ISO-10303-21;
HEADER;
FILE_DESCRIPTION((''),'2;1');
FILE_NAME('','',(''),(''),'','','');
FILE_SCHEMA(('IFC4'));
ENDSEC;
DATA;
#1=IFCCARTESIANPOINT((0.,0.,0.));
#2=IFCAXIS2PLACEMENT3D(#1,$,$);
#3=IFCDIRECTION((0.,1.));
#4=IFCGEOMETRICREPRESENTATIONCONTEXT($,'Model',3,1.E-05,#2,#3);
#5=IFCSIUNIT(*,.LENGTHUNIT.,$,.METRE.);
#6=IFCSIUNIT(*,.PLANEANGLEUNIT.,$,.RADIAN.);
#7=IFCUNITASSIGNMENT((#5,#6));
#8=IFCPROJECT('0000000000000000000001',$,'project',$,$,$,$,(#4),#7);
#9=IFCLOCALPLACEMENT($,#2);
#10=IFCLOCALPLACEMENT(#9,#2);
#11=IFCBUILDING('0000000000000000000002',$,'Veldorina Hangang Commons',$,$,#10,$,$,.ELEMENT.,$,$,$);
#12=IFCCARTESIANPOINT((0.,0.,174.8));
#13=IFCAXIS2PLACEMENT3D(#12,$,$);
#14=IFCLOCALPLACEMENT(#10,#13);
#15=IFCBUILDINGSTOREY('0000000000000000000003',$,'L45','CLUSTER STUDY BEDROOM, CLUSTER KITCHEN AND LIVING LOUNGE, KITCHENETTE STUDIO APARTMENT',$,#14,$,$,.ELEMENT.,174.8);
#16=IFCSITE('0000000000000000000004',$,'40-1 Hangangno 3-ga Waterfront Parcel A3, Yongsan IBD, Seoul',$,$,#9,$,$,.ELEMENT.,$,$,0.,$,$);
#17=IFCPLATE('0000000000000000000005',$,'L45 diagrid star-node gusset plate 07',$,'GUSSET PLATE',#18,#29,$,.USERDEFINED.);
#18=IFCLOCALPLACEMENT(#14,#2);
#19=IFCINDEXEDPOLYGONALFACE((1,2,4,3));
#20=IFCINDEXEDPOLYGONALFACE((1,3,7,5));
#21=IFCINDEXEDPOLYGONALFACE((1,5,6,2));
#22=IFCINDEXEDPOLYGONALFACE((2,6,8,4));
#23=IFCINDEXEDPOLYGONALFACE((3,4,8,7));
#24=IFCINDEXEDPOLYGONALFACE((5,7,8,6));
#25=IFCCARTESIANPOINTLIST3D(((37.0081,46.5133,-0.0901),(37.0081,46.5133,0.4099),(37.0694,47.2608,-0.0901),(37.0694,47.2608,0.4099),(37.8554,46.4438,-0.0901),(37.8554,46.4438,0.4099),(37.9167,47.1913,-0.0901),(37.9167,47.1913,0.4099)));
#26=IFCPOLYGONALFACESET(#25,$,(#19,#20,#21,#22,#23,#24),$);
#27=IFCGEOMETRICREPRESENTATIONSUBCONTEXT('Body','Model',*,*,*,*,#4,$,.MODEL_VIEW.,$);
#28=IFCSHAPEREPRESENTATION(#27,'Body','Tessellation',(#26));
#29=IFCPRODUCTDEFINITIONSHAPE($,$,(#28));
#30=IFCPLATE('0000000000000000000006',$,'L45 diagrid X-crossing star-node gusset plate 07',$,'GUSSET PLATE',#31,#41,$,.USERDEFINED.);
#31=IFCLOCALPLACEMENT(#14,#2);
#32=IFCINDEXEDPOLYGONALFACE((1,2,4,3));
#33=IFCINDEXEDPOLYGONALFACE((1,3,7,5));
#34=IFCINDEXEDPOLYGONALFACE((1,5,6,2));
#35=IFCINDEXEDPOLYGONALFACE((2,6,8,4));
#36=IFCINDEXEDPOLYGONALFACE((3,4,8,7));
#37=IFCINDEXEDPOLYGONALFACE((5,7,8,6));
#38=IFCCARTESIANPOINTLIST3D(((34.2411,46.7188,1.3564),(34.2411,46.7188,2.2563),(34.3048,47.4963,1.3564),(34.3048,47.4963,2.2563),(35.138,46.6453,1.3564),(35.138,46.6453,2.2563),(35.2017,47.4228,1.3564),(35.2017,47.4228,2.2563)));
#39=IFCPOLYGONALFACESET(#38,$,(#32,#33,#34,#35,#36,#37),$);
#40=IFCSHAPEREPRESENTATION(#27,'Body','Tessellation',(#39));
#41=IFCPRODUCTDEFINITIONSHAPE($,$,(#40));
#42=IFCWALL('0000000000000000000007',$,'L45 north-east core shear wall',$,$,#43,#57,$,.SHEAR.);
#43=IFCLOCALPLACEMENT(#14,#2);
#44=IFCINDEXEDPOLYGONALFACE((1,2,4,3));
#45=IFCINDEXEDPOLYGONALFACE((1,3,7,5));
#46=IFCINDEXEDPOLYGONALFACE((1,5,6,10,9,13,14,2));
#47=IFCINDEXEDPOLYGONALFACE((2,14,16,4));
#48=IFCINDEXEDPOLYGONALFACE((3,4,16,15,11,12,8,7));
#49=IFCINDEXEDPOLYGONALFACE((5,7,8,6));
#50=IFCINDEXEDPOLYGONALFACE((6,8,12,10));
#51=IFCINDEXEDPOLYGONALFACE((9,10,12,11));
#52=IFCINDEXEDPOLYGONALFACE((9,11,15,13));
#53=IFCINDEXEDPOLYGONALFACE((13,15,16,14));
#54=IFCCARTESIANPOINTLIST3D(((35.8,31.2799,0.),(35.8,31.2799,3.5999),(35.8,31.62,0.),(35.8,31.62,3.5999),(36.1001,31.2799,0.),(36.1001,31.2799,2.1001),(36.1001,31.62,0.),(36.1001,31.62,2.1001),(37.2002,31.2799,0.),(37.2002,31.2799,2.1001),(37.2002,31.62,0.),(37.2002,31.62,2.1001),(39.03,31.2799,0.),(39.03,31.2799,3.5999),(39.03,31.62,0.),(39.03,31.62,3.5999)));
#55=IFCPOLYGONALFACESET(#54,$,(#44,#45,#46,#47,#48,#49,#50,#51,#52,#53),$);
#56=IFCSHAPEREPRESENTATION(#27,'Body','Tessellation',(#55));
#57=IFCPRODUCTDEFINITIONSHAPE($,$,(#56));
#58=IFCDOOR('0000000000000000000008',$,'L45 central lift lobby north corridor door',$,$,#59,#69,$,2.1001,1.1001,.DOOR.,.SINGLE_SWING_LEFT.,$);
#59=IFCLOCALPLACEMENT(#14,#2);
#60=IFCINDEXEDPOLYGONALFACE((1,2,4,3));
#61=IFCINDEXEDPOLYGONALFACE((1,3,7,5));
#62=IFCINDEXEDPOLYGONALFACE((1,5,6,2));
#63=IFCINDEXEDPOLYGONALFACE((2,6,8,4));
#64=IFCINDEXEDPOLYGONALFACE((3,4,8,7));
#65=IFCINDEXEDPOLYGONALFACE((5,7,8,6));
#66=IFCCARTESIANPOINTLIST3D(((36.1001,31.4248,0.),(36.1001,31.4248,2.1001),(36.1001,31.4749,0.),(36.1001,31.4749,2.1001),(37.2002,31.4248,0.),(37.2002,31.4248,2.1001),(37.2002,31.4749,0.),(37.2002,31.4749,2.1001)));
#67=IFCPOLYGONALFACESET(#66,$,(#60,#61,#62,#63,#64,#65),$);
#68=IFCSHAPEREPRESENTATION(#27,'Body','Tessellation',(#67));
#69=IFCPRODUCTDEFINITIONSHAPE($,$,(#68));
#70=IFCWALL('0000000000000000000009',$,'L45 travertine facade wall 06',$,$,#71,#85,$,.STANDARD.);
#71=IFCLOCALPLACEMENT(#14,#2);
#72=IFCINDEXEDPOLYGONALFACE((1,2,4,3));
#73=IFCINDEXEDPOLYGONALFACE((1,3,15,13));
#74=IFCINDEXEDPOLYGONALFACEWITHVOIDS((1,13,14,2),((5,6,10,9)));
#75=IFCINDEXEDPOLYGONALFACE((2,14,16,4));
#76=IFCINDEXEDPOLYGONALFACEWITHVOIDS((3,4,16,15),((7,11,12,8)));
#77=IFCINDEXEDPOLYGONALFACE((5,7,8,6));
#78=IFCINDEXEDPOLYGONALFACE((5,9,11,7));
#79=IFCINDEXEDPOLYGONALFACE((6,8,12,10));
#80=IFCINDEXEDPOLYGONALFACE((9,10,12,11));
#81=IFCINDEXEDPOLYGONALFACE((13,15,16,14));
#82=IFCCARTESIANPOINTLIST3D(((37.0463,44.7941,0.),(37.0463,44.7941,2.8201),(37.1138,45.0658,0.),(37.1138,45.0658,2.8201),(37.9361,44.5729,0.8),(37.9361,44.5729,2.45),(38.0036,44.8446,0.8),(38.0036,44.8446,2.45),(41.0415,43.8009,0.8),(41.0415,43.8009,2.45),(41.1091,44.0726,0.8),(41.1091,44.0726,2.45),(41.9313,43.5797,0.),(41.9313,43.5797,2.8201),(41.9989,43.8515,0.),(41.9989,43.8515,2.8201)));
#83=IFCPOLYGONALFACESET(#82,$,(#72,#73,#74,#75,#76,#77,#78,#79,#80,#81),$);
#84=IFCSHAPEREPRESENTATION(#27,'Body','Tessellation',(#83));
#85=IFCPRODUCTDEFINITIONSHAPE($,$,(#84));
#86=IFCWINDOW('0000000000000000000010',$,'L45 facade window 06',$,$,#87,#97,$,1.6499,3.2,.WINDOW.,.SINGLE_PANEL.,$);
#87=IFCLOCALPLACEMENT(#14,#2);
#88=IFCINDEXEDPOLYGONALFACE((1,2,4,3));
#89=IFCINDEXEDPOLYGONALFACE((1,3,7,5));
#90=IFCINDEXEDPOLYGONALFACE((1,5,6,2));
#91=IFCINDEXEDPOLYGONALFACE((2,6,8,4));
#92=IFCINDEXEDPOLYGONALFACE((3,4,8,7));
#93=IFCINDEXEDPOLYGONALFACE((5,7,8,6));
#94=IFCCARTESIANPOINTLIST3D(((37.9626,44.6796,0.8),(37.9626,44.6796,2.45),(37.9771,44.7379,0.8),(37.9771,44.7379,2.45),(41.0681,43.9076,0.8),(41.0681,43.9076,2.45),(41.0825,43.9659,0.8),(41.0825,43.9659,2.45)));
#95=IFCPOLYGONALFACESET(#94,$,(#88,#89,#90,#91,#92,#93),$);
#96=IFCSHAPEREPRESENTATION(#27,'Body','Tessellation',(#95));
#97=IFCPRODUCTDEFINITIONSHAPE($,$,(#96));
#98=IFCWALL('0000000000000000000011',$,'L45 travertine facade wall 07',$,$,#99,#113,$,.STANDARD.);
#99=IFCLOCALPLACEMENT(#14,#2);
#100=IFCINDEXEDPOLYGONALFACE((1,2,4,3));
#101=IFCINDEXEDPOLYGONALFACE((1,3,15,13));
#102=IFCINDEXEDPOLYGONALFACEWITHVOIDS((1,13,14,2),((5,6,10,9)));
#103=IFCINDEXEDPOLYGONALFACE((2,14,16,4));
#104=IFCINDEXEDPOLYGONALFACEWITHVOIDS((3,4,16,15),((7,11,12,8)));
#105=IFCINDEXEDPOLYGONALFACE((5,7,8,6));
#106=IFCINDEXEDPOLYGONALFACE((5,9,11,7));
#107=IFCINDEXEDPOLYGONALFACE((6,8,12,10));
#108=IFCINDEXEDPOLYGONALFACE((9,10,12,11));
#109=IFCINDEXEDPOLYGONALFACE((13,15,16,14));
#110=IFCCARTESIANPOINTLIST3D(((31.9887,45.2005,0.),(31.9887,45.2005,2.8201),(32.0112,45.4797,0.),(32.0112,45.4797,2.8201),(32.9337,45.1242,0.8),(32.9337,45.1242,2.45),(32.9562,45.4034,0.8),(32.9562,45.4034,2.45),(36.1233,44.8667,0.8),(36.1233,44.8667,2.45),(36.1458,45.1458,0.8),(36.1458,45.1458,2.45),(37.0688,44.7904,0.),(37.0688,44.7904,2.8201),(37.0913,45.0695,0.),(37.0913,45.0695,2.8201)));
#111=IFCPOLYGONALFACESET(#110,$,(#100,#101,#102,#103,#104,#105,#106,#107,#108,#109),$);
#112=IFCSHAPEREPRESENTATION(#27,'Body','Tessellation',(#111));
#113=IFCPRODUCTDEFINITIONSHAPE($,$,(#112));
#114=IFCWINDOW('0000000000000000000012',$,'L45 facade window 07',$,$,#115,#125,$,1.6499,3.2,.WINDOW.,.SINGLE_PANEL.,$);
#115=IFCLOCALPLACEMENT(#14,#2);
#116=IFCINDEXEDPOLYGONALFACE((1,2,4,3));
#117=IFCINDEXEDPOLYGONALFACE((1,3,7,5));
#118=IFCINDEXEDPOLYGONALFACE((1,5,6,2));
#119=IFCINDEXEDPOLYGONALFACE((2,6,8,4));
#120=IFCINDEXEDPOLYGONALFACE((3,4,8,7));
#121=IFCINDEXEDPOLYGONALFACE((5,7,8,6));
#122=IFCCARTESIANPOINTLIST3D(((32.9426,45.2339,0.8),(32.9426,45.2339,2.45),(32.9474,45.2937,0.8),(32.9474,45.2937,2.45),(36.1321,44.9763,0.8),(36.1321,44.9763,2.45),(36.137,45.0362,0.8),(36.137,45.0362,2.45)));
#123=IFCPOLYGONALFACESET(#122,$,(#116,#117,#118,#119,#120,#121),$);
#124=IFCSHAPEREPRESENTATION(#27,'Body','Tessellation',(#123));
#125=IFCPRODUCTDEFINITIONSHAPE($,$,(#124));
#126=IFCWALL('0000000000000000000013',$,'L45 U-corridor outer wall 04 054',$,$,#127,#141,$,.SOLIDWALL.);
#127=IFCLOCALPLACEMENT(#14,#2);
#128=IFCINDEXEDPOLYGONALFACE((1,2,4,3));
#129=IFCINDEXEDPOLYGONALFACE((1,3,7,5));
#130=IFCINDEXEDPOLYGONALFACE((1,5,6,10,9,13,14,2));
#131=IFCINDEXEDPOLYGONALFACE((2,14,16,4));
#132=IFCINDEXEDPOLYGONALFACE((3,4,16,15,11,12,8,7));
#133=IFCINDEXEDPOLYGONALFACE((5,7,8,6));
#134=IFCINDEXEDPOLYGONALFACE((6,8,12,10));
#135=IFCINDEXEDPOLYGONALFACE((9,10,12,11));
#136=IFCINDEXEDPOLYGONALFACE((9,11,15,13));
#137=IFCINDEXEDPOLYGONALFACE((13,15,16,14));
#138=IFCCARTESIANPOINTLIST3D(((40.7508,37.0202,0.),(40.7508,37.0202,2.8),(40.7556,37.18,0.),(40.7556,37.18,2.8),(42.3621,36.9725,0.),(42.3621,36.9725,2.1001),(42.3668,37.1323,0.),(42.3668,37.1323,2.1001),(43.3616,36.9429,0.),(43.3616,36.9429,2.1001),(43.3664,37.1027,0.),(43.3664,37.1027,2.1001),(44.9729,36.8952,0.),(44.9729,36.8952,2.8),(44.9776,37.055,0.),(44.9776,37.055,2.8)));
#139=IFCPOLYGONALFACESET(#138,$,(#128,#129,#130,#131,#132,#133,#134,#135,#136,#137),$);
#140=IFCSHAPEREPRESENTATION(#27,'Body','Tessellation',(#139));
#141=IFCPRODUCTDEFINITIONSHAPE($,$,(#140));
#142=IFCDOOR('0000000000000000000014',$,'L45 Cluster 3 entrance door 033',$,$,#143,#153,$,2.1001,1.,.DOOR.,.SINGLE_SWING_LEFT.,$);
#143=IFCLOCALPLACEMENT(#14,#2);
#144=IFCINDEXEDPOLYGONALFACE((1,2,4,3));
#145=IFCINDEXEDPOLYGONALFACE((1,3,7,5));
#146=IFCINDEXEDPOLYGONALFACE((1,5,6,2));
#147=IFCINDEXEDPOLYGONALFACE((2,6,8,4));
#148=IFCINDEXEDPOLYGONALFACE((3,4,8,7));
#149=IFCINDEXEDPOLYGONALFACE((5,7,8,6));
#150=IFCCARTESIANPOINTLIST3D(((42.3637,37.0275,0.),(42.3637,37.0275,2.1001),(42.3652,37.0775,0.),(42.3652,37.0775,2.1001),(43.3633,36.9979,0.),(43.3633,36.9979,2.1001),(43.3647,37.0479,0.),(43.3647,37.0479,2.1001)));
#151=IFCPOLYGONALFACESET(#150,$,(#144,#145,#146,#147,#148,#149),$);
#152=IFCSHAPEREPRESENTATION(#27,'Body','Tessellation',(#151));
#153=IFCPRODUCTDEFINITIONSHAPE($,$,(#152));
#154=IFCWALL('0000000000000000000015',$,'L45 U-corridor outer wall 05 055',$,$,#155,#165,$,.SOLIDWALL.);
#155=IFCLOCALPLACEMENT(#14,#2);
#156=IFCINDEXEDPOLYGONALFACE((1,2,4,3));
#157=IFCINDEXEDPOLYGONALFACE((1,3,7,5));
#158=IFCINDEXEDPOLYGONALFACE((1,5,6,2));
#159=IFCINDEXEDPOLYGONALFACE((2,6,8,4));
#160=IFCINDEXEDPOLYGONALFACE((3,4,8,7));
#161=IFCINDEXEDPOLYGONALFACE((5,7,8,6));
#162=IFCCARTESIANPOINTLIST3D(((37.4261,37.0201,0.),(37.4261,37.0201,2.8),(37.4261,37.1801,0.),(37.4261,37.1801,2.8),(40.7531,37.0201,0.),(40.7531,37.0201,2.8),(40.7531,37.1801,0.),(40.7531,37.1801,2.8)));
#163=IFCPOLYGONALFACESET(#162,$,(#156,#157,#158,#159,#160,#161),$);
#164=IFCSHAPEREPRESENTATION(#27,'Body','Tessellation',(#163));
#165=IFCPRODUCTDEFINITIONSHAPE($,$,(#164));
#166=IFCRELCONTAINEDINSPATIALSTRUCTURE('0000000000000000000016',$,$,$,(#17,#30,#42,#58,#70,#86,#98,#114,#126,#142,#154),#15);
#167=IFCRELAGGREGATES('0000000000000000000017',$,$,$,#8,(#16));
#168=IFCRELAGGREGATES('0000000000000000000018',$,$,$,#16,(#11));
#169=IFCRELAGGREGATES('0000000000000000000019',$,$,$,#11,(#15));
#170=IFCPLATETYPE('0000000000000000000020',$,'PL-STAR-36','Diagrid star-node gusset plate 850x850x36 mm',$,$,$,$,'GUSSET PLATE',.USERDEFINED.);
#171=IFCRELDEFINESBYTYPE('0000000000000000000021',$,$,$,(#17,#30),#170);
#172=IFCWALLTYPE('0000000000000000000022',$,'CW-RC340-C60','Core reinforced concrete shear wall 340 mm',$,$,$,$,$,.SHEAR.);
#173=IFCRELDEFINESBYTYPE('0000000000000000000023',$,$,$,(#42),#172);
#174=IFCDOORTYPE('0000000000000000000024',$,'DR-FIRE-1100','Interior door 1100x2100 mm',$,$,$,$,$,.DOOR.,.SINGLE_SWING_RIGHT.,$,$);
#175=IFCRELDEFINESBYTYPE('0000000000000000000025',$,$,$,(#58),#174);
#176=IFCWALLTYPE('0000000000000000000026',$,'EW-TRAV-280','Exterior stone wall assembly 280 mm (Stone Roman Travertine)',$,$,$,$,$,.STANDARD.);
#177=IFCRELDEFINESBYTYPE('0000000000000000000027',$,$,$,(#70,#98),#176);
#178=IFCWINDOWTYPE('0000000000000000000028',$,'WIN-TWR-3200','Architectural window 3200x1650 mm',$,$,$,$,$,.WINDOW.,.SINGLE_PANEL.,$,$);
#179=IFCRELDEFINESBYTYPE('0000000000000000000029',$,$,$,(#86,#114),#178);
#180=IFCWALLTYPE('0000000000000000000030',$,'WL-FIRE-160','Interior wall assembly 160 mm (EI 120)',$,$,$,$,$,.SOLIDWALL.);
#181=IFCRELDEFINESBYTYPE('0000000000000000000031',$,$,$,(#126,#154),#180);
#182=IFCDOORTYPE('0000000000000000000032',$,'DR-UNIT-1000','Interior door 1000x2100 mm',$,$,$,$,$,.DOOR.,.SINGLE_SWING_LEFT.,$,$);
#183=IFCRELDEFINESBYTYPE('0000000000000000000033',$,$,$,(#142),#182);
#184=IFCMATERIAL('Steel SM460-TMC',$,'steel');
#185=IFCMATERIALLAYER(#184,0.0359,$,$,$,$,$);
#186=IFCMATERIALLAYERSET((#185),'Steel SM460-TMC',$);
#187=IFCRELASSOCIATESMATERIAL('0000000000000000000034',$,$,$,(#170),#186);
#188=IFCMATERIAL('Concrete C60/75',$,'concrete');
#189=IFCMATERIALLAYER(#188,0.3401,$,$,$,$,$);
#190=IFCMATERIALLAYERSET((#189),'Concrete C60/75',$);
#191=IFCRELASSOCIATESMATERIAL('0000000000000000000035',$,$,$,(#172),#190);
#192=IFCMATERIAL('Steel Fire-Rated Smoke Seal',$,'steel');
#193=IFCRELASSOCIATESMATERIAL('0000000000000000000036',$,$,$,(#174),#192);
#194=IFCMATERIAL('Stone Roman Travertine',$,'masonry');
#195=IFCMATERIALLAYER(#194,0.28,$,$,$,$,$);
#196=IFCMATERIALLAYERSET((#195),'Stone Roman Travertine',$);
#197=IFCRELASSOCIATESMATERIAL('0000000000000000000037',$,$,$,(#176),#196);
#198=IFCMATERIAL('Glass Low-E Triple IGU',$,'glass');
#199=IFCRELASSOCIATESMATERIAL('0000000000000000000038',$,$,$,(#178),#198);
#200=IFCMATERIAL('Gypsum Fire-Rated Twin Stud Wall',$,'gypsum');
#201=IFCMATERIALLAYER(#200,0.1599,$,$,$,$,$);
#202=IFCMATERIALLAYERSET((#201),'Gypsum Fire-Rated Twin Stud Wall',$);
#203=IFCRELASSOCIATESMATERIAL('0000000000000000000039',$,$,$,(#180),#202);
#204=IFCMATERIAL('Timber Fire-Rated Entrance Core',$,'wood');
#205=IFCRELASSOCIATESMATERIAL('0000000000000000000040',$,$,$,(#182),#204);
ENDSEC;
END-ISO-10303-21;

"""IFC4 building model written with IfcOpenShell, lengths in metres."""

from ifc_helpers import new_model, si_unit, direction, frame, frame_2d, origin, origin_2d, place, context, subcontext, project, spatial, rectangle, extrude, material, layer, layer_set, type_object, element, fill, save


model = new_model("IFC4")

# Units and contexts
model_context = context("Model", 3, precision=1e-05, world=origin(), true_north=direction((0.0, 1.0)))
body_context = subcontext(model_context, "Body", "Model", "MODEL_VIEW")
ifc_project = project(units=[si_unit("LENGTHUNIT", "METRE"), si_unit("PLANEANGLEUNIT", "RADIAN")], contexts=[model_context])

# Site, building, storey
site_placement = place(None, origin())
site = spatial("IfcSite", under=ifc_project, at=site_placement, Name="40-1 Hangangno 3-ga Waterfront Parcel A3, Yongsan IBD, Seoul", CompositionType="ELEMENT", RefElevation=0.0)
building_placement = place(site_placement, origin())
building = spatial("IfcBuilding", under=site, at=building_placement, Name="Veldorina Hangang Commons", CompositionType="ELEMENT")
storey_placement = place(building_placement, frame((0.0, 0.0, 174.8)))
storey = spatial("IfcBuildingStorey", under=building, at=storey_placement, Name="L45", Description="CLUSTER STUDY BEDROOM, CLUSTER KITCHEN AND LIVING LOUNGE, KITCHENETTE STUDIO APARTMENT", CompositionType="ELEMENT", Elevation=174.8)

# Plates
ifc_material_1 = material(Name="Steel SM460-TMC", Category="steel")
ifc_layer_1 = layer(ifc_material_1, 0.0359)
ifc_layer_set_1 = layer_set([ifc_layer_1], Name="Steel SM460-TMC")
plate_type = type_object("IfcPlateType", Name="PL-STAR-36", Description="Diagrid star-node gusset plate 850x850x36 mm", ElementType="GUSSET PLATE", PredefinedType="USERDEFINED", material=ifc_layer_set_1)
for number, where, z_axis, x_axis, name in (
    (1, (37.4624, 46.8523, -0.0901), (0.0, 0.0, 1.0), (-0.996659, 0.081678, 0.0), "L45 diagrid star-node gusset plate 07"),
):
    element("IfcPlate", number, at=place(storey_placement, frame(where, z_axis=z_axis, x_axis=x_axis)), inside=storey, type_object=plate_type, Name=name, ObjectType="GUSSET PLATE", PredefinedType="USERDEFINED", context=body_context, shape_type="SweptSolid", body=[
        extrude(rectangle(XDim=0.8501, YDim=0.75, at=origin_2d()), origin(), (0.0, 0.0, 1.0), 0.5),
    ])
plate_placement = place(storey_placement, frame((34.7214, 47.0708, 1.3564), z_axis=(0.0, 0.0, 1.0), x_axis=(-0.996659, 0.081678, 0.0)))
element("IfcPlate", 2, at=plate_placement, inside=storey, type_object=plate_type, Name="L45 diagrid X-crossing star-node gusset plate 07", ObjectType="GUSSET PLATE", PredefinedType="USERDEFINED", context=body_context, shape_type="SweptSolid", body=[
    extrude(rectangle(XDim=0.8999, YDim=0.78, at=origin_2d()), origin(), (0.0, 0.0, 1.0), 0.8999),
])

# Wall, opening, door
ifc_material_2 = material(Name="Concrete C60/75", Category="concrete")
ifc_layer_2 = layer(ifc_material_2, 0.3401)
ifc_layer_set_2 = layer_set([ifc_layer_2], Name="Concrete C60/75")
wall_type_1 = type_object("IfcWallType", Name="CW-RC340-C60", Description="Core reinforced concrete shear wall 340 mm", PredefinedType="SHEAR", material=ifc_layer_set_2)
wall_1_placement = place(storey_placement, frame((35.8, 31.45, 0.0), z_axis=(0.0, 0.0, 1.0), x_axis=(1.0, 0.0, 0.0)))
wall_1 = element("IfcWall", 3, at=wall_1_placement, inside=storey, type_object=wall_type_1, Name="L45 north-east core shear wall", PredefinedType="SHEAR", context=body_context, shape_type="SweptSolid", body=[
    extrude(rectangle(XDim=3.23, YDim=0.3401, at=frame_2d((1.615, 0.0))), origin(), (0.0, 0.0, 1.0), 3.5999),
])
opening_1_placement = place(wall_1_placement, frame((0.3, 0.0, 0.0)))
opening_1 = element("IfcOpeningElement", 4, at=opening_1_placement, cuts=wall_1, PredefinedType="OPENING", context=body_context, shape_type="SweptSolid", body=[
    extrude(rectangle(XDim=1.1001, YDim=2.1001, at=frame_2d((0.55, 1.05))), frame((0.0, 0.1802, 0.0), z_axis=(0.0, -1.0, 0.0), x_axis=(1.0, 0.0, 0.0)), (0.0, 0.0, 1.0), 0.3601),
])
ifc_material_3 = material(Name="Steel Fire-Rated Smoke Seal", Category="steel")
door_type_1 = type_object("IfcDoorType", Name="DR-FIRE-1100", Description="Interior door 1100x2100 mm", OperationType="SINGLE_SWING_RIGHT", PredefinedType="DOOR", material=ifc_material_3)
door_1_placement = place(opening_1_placement, origin())
door_1 = element("IfcDoor", 5, at=door_1_placement, inside=storey, type_object=door_type_1, Name="L45 central lift lobby north corridor door", OperationType="SINGLE_SWING_LEFT", OverallHeight=2.1001, OverallWidth=1.1001, PredefinedType="DOOR", context=body_context, shape_type="SweptSolid", body=[
    extrude(rectangle(XDim=1.1001, YDim=2.1001, at=frame_2d((0.55, 1.05))), frame((0.0, 0.0249, 0.0), z_axis=(0.0, -1.0, 0.0), x_axis=(1.0, 0.0, 0.0)), (0.0, 0.0, 1.0), 0.05),
])
fill(opening_1, door_1)

# Walls, openings, windows
ifc_material_4 = material(Name="Stone Roman Travertine", Category="masonry")
ifc_layer_3 = layer(ifc_material_4, 0.28)
ifc_layer_set_3 = layer_set([ifc_layer_3], Name="Stone Roman Travertine")
wall_type_2 = type_object("IfcWallType", Name="EW-TRAV-280", Description="Exterior stone wall assembly 280 mm (Stone Roman Travertine)", PredefinedType="STANDARD", material=ifc_layer_set_3)
wall_2_placement = place(storey_placement, frame((41.9651, 43.7156, 0.0), z_axis=(0.0, 0.0, 1.0), x_axis=(-0.970464, 0.241246, 0.0)))
wall_2 = element("IfcWall", 6, at=wall_2_placement, inside=storey, type_object=wall_type_2, Name="L45 travertine facade wall 06", PredefinedType="STANDARD", context=body_context, shape_type="SweptSolid", body=[
    extrude(rectangle(XDim=5.0337, YDim=0.28, at=frame_2d((2.5168, 0.0))), origin(), (0.0, 0.0, 1.0), 2.8201),
])
opening_2_placement = place(wall_2_placement, frame((0.9167, 0.0, 0.8)))
opening_2 = element("IfcOpeningElement", 7, at=opening_2_placement, cuts=wall_2, PredefinedType="OPENING", context=body_context, shape_type="SweptSolid", body=[
    extrude(rectangle(XDim=3.2, YDim=1.6499, at=frame_2d((1.6001, 0.825))), frame((0.0, 0.1499, 0.0), z_axis=(0.0, -1.0, 0.0), x_axis=(1.0, 0.0, 0.0)), (0.0, 0.0, 1.0), 0.3),
])
ifc_material_5 = material(Name="Glass Low-E Triple IGU", Category="glass")
window_type = type_object("IfcWindowType", Name="WIN-TWR-3200", Description="Architectural window 3200x1650 mm", PartitioningType="SINGLE_PANEL", PredefinedType="WINDOW", material=ifc_material_5)
window_1_placement = place(opening_2_placement, origin())
window_1 = element("IfcWindow", 8, at=window_1_placement, inside=storey, type_object=window_type, Name="L45 facade window 06", OverallHeight=1.6499, OverallWidth=3.2, PartitioningType="SINGLE_PANEL", PredefinedType="WINDOW", context=body_context, shape_type="SweptSolid", body=[
    extrude(rectangle(XDim=3.2, YDim=1.6499, at=frame_2d((1.6001, 0.825))), frame((0.0, 0.03, 0.0), z_axis=(0.0, -1.0, 0.0), x_axis=(1.0, 0.0, 0.0)), (0.0, 0.0, 1.0), 0.0601),
])
fill(opening_2, window_1)
wall_3_placement = place(storey_placement, frame((37.0801, 44.9299, 0.0), z_axis=(0.0, 0.0, 1.0), x_axis=(-0.996757, 0.080476, 0.0)))
wall_3 = element("IfcWall", 9, at=wall_3_placement, inside=storey, type_object=wall_type_2, Name="L45 travertine facade wall 07", PredefinedType="STANDARD", context=body_context, shape_type="SweptSolid", body=[
    extrude(rectangle(XDim=5.0967, YDim=0.28, at=frame_2d((2.5483, 0.0))), origin(), (0.0, 0.0, 1.0), 2.8201),
])
opening_3_placement = place(wall_3_placement, frame((0.9485, 0.0, 0.8)))
opening_3 = element("IfcOpeningElement", 10, at=opening_3_placement, cuts=wall_3, PredefinedType="OPENING", context=body_context, shape_type="SweptSolid", body=[
    extrude(rectangle(XDim=3.2, YDim=1.6499, at=frame_2d((1.6001, 0.825))), frame((0.0, 0.1499, 0.0), z_axis=(0.0, -1.0, 0.0), x_axis=(1.0, 0.0, 0.0)), (0.0, 0.0, 1.0), 0.3),
])
window_2_placement = place(opening_3_placement, origin())
window_2 = element("IfcWindow", 11, at=window_2_placement, inside=storey, type_object=window_type, Name="L45 facade window 07", OverallHeight=1.6499, OverallWidth=3.2, PartitioningType="SINGLE_PANEL", PredefinedType="WINDOW", context=body_context, shape_type="SweptSolid", body=[
    extrude(rectangle(XDim=3.2, YDim=1.6499, at=frame_2d((1.6001, 0.825))), frame((0.0, 0.03, 0.0), z_axis=(0.0, -1.0, 0.0), x_axis=(1.0, 0.0, 0.0)), (0.0, 0.0, 1.0), 0.0601),
])
fill(opening_3, window_2)

# Wall, opening, door
ifc_material_6 = material(Name="Gypsum Fire-Rated Twin Stud Wall", Category="gypsum")
ifc_layer_4 = layer(ifc_material_6, 0.1599)
ifc_layer_set_4 = layer_set([ifc_layer_4], Name="Gypsum Fire-Rated Twin Stud Wall")
wall_type_3 = type_object("IfcWallType", Name="WL-FIRE-160", Description="Interior wall assembly 160 mm (EI 120)", PredefinedType="SOLIDWALL", material=ifc_layer_set_4)
wall_4_placement = place(storey_placement, frame((44.9751, 36.9751, 0.0), z_axis=(0.0, 0.0, 1.0), x_axis=(-0.999562, 0.029594, 0.0)))
wall_4 = element("IfcWall", 12, at=wall_4_placement, inside=storey, type_object=wall_type_3, Name="L45 U-corridor outer wall 04 054", PredefinedType="SOLIDWALL", context=body_context, shape_type="SweptSolid", body=[
    extrude(rectangle(XDim=4.2239, YDim=0.1599, at=frame_2d((2.1118, 0.0))), origin(), (0.0, 0.0, 1.0), 2.8),
])
opening_4_placement = place(wall_4_placement, frame((1.6118, 0.0, 0.0)))
opening_4 = element("IfcOpeningElement", 13, at=opening_4_placement, cuts=wall_4, PredefinedType="OPENING", context=body_context, shape_type="SweptSolid", body=[
    extrude(rectangle(XDim=1.0, YDim=2.1001, at=frame_2d((0.5, 1.05))), frame((0.0, 0.0898, 0.0), z_axis=(0.0, -1.0, 0.0), x_axis=(1.0, 0.0, 0.0)), (0.0, 0.0, 1.0), 0.1799),
])
ifc_material_7 = material(Name="Timber Fire-Rated Entrance Core", Category="wood")
door_type_2 = type_object("IfcDoorType", Name="DR-UNIT-1000", Description="Interior door 1000x2100 mm", OperationType="SINGLE_SWING_LEFT", PredefinedType="DOOR", material=ifc_material_7)
door_2_placement = place(opening_4_placement, origin())
door_2 = element("IfcDoor", 14, at=door_2_placement, inside=storey, type_object=door_type_2, Name="L45 Cluster 3 entrance door 033", OperationType="SINGLE_SWING_LEFT", OverallHeight=2.1001, OverallWidth=1.0, PredefinedType="DOOR", context=body_context, shape_type="SweptSolid", body=[
    extrude(rectangle(XDim=1.0, YDim=2.1001, at=frame_2d((0.5, 1.05))), frame((0.0, 0.0249, 0.0), z_axis=(0.0, -1.0, 0.0), x_axis=(1.0, 0.0, 0.0)), (0.0, 0.0, 1.0), 0.05),
])
fill(opening_4, door_2)

# Wall
wall_5_placement = place(storey_placement, frame((40.7532, 37.1001, 0.0), z_axis=(0.0, 0.0, 1.0), x_axis=(-1.0, 0.0, 0.0)))
element("IfcWall", 15, at=wall_5_placement, inside=storey, type_object=wall_type_3, Name="L45 U-corridor outer wall 05 055", PredefinedType="SOLIDWALL", context=body_context, shape_type="SweptSolid", body=[
    extrude(rectangle(XDim=3.3269, YDim=0.1599, at=frame_2d((1.6636, 0.0))), origin(), (0.0, 0.0, 1.0), 2.8),
])

save(model, "model.ifc")
